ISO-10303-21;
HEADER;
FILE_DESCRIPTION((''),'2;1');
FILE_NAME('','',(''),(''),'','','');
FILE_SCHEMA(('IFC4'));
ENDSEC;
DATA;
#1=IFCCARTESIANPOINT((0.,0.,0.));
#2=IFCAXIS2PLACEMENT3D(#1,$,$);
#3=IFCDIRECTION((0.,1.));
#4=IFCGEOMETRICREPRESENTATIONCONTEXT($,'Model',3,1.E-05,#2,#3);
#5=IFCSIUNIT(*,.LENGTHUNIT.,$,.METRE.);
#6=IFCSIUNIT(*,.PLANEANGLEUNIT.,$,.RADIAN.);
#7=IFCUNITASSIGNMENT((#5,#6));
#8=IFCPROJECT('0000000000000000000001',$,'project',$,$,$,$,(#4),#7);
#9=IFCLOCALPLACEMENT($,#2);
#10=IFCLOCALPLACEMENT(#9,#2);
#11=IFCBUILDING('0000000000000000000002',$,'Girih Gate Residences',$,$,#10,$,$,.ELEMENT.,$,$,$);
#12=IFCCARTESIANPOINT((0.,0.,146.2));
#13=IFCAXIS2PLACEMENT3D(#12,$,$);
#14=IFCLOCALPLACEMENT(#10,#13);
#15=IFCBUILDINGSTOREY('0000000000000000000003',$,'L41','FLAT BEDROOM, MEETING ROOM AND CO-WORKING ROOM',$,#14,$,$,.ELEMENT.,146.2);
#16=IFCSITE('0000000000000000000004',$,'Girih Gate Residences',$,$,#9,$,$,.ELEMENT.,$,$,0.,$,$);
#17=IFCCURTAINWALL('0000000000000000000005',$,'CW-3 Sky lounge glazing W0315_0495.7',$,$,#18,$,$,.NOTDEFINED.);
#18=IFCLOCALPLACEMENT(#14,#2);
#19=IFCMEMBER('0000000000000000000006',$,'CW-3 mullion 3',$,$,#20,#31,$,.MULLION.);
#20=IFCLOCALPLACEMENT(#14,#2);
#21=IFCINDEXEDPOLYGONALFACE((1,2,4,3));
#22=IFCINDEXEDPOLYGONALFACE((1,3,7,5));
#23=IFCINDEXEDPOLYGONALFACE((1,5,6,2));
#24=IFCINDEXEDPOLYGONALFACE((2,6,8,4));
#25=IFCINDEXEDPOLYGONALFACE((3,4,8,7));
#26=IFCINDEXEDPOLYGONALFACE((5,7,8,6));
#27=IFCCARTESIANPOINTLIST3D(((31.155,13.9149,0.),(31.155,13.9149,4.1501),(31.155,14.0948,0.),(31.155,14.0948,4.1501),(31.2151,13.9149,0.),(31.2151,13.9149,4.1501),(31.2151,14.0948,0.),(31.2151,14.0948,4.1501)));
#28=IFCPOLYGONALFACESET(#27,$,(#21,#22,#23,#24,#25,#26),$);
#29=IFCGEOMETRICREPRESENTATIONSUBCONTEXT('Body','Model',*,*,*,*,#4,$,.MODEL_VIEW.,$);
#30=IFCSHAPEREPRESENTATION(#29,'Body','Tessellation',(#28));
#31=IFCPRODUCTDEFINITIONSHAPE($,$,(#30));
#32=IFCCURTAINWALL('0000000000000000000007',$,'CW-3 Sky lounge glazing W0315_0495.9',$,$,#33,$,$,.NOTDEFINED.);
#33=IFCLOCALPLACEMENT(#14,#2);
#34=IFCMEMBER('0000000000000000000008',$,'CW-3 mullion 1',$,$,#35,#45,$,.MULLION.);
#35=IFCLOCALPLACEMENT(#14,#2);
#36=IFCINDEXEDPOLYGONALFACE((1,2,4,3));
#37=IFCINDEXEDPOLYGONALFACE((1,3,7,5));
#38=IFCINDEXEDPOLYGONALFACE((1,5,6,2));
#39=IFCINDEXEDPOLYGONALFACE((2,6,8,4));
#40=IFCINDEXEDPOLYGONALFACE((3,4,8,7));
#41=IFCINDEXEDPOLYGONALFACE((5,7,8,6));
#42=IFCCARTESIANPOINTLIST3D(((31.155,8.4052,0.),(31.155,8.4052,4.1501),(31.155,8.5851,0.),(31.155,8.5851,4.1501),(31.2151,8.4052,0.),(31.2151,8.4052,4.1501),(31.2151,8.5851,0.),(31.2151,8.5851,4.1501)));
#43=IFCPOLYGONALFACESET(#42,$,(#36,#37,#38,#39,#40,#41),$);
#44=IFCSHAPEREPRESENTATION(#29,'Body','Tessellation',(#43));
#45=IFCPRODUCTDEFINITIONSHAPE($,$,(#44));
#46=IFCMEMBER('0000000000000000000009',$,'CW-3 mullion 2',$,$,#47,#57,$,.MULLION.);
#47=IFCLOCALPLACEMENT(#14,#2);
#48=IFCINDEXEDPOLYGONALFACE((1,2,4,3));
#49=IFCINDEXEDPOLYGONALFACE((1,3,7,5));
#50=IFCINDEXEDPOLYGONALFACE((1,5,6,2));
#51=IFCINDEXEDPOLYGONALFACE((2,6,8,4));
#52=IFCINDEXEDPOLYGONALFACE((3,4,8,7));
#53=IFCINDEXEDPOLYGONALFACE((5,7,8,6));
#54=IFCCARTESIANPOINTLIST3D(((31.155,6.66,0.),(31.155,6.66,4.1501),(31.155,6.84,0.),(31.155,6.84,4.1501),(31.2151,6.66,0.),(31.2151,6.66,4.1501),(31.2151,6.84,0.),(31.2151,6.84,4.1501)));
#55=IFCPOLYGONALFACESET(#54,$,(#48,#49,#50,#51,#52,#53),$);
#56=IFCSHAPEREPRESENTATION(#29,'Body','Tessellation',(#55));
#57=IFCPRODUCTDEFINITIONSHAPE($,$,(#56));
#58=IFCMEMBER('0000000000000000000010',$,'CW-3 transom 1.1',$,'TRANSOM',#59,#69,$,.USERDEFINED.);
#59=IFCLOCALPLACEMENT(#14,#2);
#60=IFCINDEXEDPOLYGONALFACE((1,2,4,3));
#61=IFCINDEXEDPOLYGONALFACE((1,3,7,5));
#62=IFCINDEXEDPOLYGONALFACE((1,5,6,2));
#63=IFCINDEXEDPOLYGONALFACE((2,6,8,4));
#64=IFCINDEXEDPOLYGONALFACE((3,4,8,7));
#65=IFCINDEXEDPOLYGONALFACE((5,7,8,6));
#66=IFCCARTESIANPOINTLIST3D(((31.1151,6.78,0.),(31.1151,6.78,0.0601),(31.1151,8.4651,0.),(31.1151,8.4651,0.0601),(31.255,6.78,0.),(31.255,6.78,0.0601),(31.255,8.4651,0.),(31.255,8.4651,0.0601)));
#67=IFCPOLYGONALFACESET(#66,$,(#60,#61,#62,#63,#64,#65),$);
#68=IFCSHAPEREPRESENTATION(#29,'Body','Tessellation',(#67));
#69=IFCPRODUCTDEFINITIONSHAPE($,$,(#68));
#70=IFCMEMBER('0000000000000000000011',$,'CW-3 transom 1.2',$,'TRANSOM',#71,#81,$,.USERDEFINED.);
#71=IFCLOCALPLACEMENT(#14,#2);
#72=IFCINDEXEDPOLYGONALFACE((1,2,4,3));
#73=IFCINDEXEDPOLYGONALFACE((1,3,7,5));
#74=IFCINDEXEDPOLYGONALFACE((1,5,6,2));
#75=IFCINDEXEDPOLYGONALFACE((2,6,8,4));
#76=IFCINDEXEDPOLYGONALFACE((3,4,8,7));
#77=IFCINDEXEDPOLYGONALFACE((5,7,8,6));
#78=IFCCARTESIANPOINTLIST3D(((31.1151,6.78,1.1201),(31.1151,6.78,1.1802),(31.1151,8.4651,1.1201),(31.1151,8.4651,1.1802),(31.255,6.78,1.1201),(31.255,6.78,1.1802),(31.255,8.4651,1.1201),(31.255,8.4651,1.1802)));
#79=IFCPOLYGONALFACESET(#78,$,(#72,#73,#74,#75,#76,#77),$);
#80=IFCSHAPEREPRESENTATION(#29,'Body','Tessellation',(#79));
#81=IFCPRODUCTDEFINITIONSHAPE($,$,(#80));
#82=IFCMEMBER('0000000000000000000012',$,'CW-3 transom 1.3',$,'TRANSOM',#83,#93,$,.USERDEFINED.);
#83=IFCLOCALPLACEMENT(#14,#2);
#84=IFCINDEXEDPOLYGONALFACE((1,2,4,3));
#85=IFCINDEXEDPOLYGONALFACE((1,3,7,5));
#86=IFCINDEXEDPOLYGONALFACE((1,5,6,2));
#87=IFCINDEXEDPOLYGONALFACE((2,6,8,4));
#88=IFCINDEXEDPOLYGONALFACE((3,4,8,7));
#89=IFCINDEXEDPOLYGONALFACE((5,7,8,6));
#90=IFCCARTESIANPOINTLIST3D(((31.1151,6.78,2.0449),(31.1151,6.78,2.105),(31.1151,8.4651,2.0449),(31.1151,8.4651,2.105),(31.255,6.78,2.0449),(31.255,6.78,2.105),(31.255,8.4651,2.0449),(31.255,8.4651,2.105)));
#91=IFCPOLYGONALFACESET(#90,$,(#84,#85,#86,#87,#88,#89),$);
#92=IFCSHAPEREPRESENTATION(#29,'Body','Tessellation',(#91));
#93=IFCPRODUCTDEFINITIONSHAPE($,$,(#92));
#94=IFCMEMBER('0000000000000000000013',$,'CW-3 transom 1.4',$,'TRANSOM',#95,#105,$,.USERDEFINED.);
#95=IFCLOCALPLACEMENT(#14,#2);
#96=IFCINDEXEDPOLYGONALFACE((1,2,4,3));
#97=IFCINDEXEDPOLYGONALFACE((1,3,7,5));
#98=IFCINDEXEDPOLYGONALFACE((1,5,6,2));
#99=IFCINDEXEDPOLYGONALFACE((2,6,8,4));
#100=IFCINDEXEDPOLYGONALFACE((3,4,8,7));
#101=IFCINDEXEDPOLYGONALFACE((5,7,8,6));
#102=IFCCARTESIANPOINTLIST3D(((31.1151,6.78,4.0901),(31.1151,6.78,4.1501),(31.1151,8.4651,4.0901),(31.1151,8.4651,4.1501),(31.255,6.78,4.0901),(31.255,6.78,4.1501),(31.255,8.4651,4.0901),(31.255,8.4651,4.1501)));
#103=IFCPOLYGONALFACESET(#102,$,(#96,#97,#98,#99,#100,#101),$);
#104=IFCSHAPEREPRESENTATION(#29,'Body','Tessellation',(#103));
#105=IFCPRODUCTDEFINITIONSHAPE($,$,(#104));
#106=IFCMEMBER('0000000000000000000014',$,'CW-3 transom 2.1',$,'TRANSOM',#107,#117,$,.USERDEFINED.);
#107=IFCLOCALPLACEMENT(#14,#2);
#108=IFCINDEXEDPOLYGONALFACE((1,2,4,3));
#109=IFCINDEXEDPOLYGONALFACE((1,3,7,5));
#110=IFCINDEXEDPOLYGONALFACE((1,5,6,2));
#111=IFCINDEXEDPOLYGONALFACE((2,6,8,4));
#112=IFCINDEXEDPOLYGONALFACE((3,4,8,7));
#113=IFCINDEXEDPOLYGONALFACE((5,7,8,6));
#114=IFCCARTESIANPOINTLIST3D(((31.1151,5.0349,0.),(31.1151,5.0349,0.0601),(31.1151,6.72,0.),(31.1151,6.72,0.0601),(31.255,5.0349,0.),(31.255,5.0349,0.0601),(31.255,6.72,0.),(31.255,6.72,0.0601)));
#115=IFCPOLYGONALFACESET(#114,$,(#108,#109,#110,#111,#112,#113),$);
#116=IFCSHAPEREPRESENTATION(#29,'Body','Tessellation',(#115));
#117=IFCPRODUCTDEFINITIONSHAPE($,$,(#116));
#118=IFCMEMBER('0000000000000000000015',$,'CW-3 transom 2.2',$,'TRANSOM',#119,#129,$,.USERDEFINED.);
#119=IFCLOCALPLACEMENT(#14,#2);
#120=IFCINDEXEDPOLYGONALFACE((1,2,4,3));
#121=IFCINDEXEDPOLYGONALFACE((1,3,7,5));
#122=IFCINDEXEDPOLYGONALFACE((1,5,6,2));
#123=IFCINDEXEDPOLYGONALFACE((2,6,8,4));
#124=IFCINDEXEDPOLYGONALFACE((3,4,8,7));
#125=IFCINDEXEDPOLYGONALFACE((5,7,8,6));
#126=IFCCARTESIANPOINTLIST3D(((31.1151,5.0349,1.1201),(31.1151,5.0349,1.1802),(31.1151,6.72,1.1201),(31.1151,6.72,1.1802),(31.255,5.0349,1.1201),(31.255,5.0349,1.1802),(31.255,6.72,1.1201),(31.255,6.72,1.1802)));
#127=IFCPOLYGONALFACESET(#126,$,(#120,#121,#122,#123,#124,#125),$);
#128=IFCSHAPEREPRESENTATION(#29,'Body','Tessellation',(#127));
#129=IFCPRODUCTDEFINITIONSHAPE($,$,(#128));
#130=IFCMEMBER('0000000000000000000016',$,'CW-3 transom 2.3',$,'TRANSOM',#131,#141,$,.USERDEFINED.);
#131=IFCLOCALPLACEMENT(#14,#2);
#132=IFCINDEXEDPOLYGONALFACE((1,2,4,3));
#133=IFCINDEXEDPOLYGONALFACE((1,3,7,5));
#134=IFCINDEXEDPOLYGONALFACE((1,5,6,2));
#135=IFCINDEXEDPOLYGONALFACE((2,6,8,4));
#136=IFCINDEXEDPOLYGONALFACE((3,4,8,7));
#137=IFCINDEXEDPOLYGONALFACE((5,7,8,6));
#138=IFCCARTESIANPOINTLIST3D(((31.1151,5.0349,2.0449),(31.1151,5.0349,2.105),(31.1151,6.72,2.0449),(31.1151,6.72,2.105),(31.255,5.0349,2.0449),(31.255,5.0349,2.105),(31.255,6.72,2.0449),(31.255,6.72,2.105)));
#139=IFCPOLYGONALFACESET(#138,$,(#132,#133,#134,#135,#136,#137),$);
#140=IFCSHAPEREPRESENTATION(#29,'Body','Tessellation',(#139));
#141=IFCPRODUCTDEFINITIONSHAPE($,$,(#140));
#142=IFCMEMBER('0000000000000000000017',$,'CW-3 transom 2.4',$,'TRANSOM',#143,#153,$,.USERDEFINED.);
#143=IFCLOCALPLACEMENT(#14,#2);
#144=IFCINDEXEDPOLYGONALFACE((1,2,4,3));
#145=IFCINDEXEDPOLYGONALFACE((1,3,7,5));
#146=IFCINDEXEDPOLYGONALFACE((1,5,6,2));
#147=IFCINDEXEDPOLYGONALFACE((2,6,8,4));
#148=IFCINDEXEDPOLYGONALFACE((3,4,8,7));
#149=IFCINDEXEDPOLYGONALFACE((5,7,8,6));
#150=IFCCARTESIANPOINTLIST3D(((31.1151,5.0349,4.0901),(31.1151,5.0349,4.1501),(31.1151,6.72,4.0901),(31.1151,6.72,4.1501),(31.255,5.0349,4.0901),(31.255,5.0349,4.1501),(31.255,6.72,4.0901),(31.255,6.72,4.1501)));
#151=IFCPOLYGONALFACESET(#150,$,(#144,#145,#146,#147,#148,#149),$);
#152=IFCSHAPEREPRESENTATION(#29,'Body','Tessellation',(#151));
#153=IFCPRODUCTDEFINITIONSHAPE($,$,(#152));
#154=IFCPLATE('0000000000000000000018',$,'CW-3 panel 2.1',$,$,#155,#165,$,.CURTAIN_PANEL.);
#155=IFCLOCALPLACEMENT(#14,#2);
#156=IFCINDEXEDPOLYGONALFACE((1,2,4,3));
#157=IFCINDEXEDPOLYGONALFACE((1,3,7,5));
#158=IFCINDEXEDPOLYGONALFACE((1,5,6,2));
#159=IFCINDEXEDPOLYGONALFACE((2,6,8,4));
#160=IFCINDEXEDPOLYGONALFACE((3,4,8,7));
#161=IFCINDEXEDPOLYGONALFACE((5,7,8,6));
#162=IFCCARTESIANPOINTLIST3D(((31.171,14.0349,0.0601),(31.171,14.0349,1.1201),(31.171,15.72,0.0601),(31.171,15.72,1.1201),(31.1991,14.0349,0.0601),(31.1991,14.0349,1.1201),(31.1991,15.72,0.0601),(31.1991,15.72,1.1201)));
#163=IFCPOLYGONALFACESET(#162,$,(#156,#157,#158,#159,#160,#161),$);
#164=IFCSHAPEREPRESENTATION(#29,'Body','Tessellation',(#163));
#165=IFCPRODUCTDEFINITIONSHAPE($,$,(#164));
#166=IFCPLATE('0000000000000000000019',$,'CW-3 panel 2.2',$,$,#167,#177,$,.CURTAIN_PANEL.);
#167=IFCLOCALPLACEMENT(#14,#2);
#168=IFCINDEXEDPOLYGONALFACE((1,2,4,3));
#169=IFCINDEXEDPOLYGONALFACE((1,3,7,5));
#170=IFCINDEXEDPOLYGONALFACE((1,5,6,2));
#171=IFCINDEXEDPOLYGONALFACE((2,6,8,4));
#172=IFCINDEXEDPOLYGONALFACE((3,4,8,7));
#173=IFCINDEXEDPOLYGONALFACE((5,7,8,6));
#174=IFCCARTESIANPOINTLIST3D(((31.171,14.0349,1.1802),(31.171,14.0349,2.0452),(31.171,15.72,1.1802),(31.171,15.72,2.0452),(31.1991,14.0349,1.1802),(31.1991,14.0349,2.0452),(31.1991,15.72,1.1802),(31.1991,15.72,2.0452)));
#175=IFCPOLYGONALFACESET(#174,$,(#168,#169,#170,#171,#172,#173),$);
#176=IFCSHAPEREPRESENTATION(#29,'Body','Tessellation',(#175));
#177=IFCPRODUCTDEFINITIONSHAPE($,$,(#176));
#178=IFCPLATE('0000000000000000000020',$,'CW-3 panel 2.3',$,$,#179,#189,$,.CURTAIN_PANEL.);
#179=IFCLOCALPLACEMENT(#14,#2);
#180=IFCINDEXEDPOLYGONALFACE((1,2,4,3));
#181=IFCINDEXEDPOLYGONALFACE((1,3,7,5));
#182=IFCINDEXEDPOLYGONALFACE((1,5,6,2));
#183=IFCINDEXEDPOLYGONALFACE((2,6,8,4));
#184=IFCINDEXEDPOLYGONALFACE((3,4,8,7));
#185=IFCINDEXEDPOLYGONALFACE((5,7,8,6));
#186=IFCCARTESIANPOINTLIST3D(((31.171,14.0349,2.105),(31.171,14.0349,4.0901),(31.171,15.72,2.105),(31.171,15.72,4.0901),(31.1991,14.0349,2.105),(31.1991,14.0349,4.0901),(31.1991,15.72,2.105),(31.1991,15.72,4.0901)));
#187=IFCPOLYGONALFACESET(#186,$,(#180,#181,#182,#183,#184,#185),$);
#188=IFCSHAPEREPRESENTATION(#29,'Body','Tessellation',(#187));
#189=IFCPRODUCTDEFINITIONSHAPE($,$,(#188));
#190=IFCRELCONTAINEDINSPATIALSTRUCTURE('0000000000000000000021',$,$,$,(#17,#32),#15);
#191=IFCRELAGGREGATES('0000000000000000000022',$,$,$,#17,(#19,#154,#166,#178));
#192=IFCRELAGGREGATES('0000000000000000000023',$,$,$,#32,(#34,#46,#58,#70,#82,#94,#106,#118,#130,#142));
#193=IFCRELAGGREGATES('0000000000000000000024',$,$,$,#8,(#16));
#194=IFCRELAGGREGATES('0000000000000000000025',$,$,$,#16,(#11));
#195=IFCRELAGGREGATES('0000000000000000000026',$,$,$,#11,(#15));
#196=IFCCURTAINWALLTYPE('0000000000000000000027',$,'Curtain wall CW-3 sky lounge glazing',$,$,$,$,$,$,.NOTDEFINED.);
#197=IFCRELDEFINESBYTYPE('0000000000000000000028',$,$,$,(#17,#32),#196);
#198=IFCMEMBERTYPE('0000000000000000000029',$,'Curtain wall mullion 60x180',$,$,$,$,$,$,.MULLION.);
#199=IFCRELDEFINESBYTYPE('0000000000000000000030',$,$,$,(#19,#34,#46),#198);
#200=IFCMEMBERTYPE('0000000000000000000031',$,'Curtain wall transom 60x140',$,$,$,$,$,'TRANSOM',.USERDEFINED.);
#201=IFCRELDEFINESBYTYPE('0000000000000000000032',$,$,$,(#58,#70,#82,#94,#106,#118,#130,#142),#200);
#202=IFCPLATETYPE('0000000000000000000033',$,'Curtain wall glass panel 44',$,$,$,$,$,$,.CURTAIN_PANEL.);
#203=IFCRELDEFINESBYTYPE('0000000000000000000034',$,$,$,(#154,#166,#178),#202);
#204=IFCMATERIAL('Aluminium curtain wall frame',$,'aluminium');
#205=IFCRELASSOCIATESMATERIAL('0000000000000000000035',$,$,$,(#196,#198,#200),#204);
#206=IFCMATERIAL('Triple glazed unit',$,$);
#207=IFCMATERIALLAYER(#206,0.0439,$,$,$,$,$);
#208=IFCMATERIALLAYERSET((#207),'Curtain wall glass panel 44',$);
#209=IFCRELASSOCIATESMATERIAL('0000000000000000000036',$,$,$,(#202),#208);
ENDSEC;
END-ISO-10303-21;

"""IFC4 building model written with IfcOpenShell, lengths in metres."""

from ifc_helpers import new_model, si_unit, direction, frame, origin, origin_2d, place, context, subcontext, project, spatial, rectangle, extrude, material, layer, layer_set, material_profile, profile_set, type_object, element, aggregate, save


model = new_model("IFC4")

# Units and contexts
model_context = context("Model", 3, precision=1e-05, world=origin(), true_north=direction((0.0, 1.0)))
body_context = subcontext(model_context, "Body", "Model", "MODEL_VIEW")
ifc_project = project(units=[si_unit("LENGTHUNIT", "METRE"), si_unit("PLANEANGLEUNIT", "RADIAN")], contexts=[model_context])

# Site, building, storey
site_placement = place(None, origin())
site = spatial("IfcSite", under=ifc_project, at=site_placement, Name="Girih Gate Residences", CompositionType="ELEMENT", RefElevation=0.0)
building_placement = place(site_placement, origin())
building = spatial("IfcBuilding", under=site, at=building_placement, Name="Girih Gate Residences", CompositionType="ELEMENT")
storey_placement = place(building_placement, frame((0.0, 0.0, 146.2)))
storey = spatial("IfcBuildingStorey", under=building, at=storey_placement, Name="L41", Description="FLAT BEDROOM, MEETING ROOM AND CO-WORKING ROOM", CompositionType="ELEMENT", Elevation=146.2)

# Curtain wall, member
ifc_material_1 = material(Name="Aluminium curtain wall frame", Category="aluminium")
curtain_wall_type = type_object("IfcCurtainWallType", Name="Curtain wall CW-3 sky lounge glazing", PredefinedType="NOTDEFINED", material=ifc_material_1)
curtain_wall_1_placement = place(storey_placement, origin())
curtain_wall_1 = element("IfcCurtainWall", 1, at=curtain_wall_1_placement, inside=storey, type_object=curtain_wall_type, Name="CW-3 Sky lounge glazing W0315_0495.7", PredefinedType="NOTDEFINED")
ifc_material_profile_1 = material_profile(ifc_material_1, rectangle(XDim=0.0601, YDim=0.1799, at=origin_2d()))
ifc_profile_set_1 = profile_set([ifc_material_profile_1], Name="Aluminium curtain wall frame")
member_type_1 = type_object("IfcMemberType", Name="Curtain wall mullion 60x180", PredefinedType="MULLION", material=ifc_profile_set_1)
member_1_placement = place(storey_placement, frame((31.1851, 14.0049, 0.0), z_axis=(0.0, 0.0, 1.0), x_axis=(1.0, 0.0, 0.0)))
member_1 = element("IfcMember", 2, at=member_1_placement, type_object=member_type_1, Name="CW-3 mullion 3", PredefinedType="MULLION", context=body_context, shape_type="SweptSolid", body=[
    extrude(rectangle(XDim=0.0601, YDim=0.1799, at=origin_2d()), origin(), (0.0, 0.0, 1.0), 4.1501),
])

# Curtain wall, members
curtain_wall_2_placement = place(storey_placement, origin())
curtain_wall_2 = element("IfcCurtainWall", 3, at=curtain_wall_2_placement, inside=storey, type_object=curtain_wall_type, Name="CW-3 Sky lounge glazing W0315_0495.9", PredefinedType="NOTDEFINED")
member_2_placement = place(storey_placement, frame((31.1851, 8.4951, 0.0), z_axis=(0.0, 0.0, 1.0), x_axis=(1.0, 0.0, 0.0)))
member_2 = element("IfcMember", 4, at=member_2_placement, type_object=member_type_1, Name="CW-3 mullion 1", PredefinedType="MULLION", context=body_context, shape_type="SweptSolid", body=[
    extrude(rectangle(XDim=0.0601, YDim=0.1799, at=origin_2d()), origin(), (0.0, 0.0, 1.0), 4.1501),
])
member_3_placement = place(storey_placement, frame((31.1851, 6.75, 0.0), z_axis=(0.0, 0.0, 1.0), x_axis=(1.0, 0.0, 0.0)))
member_3 = element("IfcMember", 5, at=member_3_placement, type_object=member_type_1, Name="CW-3 mullion 2", PredefinedType="MULLION", context=body_context, shape_type="SweptSolid", body=[
    extrude(rectangle(XDim=0.0601, YDim=0.1799, at=origin_2d()), origin(), (0.0, 0.0, 1.0), 4.1501),
])
ifc_material_profile_2 = material_profile(ifc_material_1, rectangle(XDim=0.1399, YDim=0.0601, at=origin_2d()))
ifc_profile_set_2 = profile_set([ifc_material_profile_2], Name="Aluminium curtain wall frame")
member_type_2 = type_object("IfcMemberType", Name="Curtain wall transom 60x140", ElementType="TRANSOM", PredefinedType="USERDEFINED", material=ifc_profile_set_2)
member_4_placement = place(storey_placement, frame((31.1851, 8.4651, 0.03), z_axis=(0.0, -1.0, 0.0), x_axis=(1.0, 0.0, 0.0)))
member_4 = element("IfcMember", 6, at=member_4_placement, type_object=member_type_2, Name="CW-3 transom 1.1", ObjectType="TRANSOM", PredefinedType="USERDEFINED", context=body_context, shape_type="SweptSolid", body=[
    extrude(rectangle(XDim=0.1399, YDim=0.0601, at=origin_2d()), origin(), (0.0, 0.0, 1.0), 1.6851),
])
member_5_placement = place(storey_placement, frame((31.1851, 8.4651, 1.1501), z_axis=(0.0, -1.0, 0.0), x_axis=(1.0, 0.0, 0.0)))
member_5 = element("IfcMember", 7, at=member_5_placement, type_object=member_type_2, Name="CW-3 transom 1.2", ObjectType="TRANSOM", PredefinedType="USERDEFINED", context=body_context, shape_type="SweptSolid", body=[
    extrude(rectangle(XDim=0.1399, YDim=0.0601, at=origin_2d()), origin(), (0.0, 0.0, 1.0), 1.6851),
])
member_6_placement = place(storey_placement, frame((31.1851, 8.4651, 2.075), z_axis=(0.0, -1.0, 0.0), x_axis=(1.0, 0.0, 0.0)))
member_6 = element("IfcMember", 8, at=member_6_placement, type_object=member_type_2, Name="CW-3 transom 1.3", ObjectType="TRANSOM", PredefinedType="USERDEFINED", context=body_context, shape_type="SweptSolid", body=[
    extrude(rectangle(XDim=0.1399, YDim=0.0601, at=origin_2d()), origin(), (0.0, 0.0, 1.0), 1.6851),
])
member_7_placement = place(storey_placement, frame((31.1851, 8.4651, 4.1201), z_axis=(0.0, -1.0, 0.0), x_axis=(1.0, 0.0, 0.0)))
member_7 = element("IfcMember", 9, at=member_7_placement, type_object=member_type_2, Name="CW-3 transom 1.4", ObjectType="TRANSOM", PredefinedType="USERDEFINED", context=body_context, shape_type="SweptSolid", body=[
    extrude(rectangle(XDim=0.1399, YDim=0.0601, at=origin_2d()), origin(), (0.0, 0.0, 1.0), 1.6851),
])
member_8_placement = place(storey_placement, frame((31.1851, 6.72, 0.03), z_axis=(0.0, -1.0, 0.0), x_axis=(1.0, 0.0, 0.0)))
member_8 = element("IfcMember", 10, at=member_8_placement, type_object=member_type_2, Name="CW-3 transom 2.1", ObjectType="TRANSOM", PredefinedType="USERDEFINED", context=body_context, shape_type="SweptSolid", body=[
    extrude(rectangle(XDim=0.1399, YDim=0.0601, at=origin_2d()), origin(), (0.0, 0.0, 1.0), 1.6851),
])
member_9_placement = place(storey_placement, frame((31.1851, 6.72, 1.1501), z_axis=(0.0, -1.0, 0.0), x_axis=(1.0, 0.0, 0.0)))
member_9 = element("IfcMember", 11, at=member_9_placement, type_object=member_type_2, Name="CW-3 transom 2.2", ObjectType="TRANSOM", PredefinedType="USERDEFINED", context=body_context, shape_type="SweptSolid", body=[
    extrude(rectangle(XDim=0.1399, YDim=0.0601, at=origin_2d()), origin(), (0.0, 0.0, 1.0), 1.6851),
])
member_10_placement = place(storey_placement, frame((31.1851, 6.72, 2.075), z_axis=(0.0, -1.0, 0.0), x_axis=(1.0, 0.0, 0.0)))
member_10 = element("IfcMember", 12, at=member_10_placement, type_object=member_type_2, Name="CW-3 transom 2.3", ObjectType="TRANSOM", PredefinedType="USERDEFINED", context=body_context, shape_type="SweptSolid", body=[
    extrude(rectangle(XDim=0.1399, YDim=0.0601, at=origin_2d()), origin(), (0.0, 0.0, 1.0), 1.6851),
])
member_11_placement = place(storey_placement, frame((31.1851, 6.72, 4.1201), z_axis=(0.0, -1.0, 0.0), x_axis=(1.0, 0.0, 0.0)))
member_11 = element("IfcMember", 13, at=member_11_placement, type_object=member_type_2, Name="CW-3 transom 2.4", ObjectType="TRANSOM", PredefinedType="USERDEFINED", context=body_context, shape_type="SweptSolid", body=[
    extrude(rectangle(XDim=0.1399, YDim=0.0601, at=origin_2d()), origin(), (0.0, 0.0, 1.0), 1.6851),
])

# Plates
ifc_material_2 = material(Name="Triple glazed unit")
ifc_layer_1 = layer(ifc_material_2, 0.0439)
ifc_layer_set_1 = layer_set([ifc_layer_1], Name="Curtain wall glass panel 44")
plate_type = type_object("IfcPlateType", Name="Curtain wall glass panel 44", PredefinedType="CURTAIN_PANEL", material=ifc_layer_set_1)
plate_1_placement = place(storey_placement, frame((31.1851, 14.8774, 0.0601), z_axis=(0.0, 0.0, 1.0), x_axis=(0.0, -1.0, 0.0)))
plate_1 = element("IfcPlate", 14, at=plate_1_placement, type_object=plate_type, Name="CW-3 panel 2.1", PredefinedType="CURTAIN_PANEL", context=body_context, shape_type="SweptSolid", body=[
    extrude(rectangle(XDim=1.6851, YDim=0.0281, at=origin_2d()), origin(), (0.0, 0.0, 1.0), 1.0601),
])
plate_2_placement = place(storey_placement, frame((31.1851, 14.8774, 1.1802), z_axis=(0.0, 0.0, 1.0), x_axis=(0.0, -1.0, 0.0)))
plate_2 = element("IfcPlate", 15, at=plate_2_placement, type_object=plate_type, Name="CW-3 panel 2.2", PredefinedType="CURTAIN_PANEL", context=body_context, shape_type="SweptSolid", body=[
    extrude(rectangle(XDim=1.6851, YDim=0.0281, at=origin_2d()), origin(), (0.0, 0.0, 1.0), 0.865),
])
plate_3_placement = place(storey_placement, frame((31.1851, 14.8774, 2.105), z_axis=(0.0, 0.0, 1.0), x_axis=(0.0, -1.0, 0.0)))
plate_3 = element("IfcPlate", 16, at=plate_3_placement, type_object=plate_type, Name="CW-3 panel 2.3", PredefinedType="CURTAIN_PANEL", context=body_context, shape_type="SweptSolid", body=[
    extrude(rectangle(XDim=1.6851, YDim=0.0281, at=origin_2d()), origin(), (0.0, 0.0, 1.0), 1.9851),
])
aggregate(curtain_wall_1, [member_1, plate_1, plate_2, plate_3])
aggregate(curtain_wall_2, [member_2, member_3, member_4, member_5, member_6, member_7, member_8, member_9, member_10, member_11])

save(model, "model.ifc")
